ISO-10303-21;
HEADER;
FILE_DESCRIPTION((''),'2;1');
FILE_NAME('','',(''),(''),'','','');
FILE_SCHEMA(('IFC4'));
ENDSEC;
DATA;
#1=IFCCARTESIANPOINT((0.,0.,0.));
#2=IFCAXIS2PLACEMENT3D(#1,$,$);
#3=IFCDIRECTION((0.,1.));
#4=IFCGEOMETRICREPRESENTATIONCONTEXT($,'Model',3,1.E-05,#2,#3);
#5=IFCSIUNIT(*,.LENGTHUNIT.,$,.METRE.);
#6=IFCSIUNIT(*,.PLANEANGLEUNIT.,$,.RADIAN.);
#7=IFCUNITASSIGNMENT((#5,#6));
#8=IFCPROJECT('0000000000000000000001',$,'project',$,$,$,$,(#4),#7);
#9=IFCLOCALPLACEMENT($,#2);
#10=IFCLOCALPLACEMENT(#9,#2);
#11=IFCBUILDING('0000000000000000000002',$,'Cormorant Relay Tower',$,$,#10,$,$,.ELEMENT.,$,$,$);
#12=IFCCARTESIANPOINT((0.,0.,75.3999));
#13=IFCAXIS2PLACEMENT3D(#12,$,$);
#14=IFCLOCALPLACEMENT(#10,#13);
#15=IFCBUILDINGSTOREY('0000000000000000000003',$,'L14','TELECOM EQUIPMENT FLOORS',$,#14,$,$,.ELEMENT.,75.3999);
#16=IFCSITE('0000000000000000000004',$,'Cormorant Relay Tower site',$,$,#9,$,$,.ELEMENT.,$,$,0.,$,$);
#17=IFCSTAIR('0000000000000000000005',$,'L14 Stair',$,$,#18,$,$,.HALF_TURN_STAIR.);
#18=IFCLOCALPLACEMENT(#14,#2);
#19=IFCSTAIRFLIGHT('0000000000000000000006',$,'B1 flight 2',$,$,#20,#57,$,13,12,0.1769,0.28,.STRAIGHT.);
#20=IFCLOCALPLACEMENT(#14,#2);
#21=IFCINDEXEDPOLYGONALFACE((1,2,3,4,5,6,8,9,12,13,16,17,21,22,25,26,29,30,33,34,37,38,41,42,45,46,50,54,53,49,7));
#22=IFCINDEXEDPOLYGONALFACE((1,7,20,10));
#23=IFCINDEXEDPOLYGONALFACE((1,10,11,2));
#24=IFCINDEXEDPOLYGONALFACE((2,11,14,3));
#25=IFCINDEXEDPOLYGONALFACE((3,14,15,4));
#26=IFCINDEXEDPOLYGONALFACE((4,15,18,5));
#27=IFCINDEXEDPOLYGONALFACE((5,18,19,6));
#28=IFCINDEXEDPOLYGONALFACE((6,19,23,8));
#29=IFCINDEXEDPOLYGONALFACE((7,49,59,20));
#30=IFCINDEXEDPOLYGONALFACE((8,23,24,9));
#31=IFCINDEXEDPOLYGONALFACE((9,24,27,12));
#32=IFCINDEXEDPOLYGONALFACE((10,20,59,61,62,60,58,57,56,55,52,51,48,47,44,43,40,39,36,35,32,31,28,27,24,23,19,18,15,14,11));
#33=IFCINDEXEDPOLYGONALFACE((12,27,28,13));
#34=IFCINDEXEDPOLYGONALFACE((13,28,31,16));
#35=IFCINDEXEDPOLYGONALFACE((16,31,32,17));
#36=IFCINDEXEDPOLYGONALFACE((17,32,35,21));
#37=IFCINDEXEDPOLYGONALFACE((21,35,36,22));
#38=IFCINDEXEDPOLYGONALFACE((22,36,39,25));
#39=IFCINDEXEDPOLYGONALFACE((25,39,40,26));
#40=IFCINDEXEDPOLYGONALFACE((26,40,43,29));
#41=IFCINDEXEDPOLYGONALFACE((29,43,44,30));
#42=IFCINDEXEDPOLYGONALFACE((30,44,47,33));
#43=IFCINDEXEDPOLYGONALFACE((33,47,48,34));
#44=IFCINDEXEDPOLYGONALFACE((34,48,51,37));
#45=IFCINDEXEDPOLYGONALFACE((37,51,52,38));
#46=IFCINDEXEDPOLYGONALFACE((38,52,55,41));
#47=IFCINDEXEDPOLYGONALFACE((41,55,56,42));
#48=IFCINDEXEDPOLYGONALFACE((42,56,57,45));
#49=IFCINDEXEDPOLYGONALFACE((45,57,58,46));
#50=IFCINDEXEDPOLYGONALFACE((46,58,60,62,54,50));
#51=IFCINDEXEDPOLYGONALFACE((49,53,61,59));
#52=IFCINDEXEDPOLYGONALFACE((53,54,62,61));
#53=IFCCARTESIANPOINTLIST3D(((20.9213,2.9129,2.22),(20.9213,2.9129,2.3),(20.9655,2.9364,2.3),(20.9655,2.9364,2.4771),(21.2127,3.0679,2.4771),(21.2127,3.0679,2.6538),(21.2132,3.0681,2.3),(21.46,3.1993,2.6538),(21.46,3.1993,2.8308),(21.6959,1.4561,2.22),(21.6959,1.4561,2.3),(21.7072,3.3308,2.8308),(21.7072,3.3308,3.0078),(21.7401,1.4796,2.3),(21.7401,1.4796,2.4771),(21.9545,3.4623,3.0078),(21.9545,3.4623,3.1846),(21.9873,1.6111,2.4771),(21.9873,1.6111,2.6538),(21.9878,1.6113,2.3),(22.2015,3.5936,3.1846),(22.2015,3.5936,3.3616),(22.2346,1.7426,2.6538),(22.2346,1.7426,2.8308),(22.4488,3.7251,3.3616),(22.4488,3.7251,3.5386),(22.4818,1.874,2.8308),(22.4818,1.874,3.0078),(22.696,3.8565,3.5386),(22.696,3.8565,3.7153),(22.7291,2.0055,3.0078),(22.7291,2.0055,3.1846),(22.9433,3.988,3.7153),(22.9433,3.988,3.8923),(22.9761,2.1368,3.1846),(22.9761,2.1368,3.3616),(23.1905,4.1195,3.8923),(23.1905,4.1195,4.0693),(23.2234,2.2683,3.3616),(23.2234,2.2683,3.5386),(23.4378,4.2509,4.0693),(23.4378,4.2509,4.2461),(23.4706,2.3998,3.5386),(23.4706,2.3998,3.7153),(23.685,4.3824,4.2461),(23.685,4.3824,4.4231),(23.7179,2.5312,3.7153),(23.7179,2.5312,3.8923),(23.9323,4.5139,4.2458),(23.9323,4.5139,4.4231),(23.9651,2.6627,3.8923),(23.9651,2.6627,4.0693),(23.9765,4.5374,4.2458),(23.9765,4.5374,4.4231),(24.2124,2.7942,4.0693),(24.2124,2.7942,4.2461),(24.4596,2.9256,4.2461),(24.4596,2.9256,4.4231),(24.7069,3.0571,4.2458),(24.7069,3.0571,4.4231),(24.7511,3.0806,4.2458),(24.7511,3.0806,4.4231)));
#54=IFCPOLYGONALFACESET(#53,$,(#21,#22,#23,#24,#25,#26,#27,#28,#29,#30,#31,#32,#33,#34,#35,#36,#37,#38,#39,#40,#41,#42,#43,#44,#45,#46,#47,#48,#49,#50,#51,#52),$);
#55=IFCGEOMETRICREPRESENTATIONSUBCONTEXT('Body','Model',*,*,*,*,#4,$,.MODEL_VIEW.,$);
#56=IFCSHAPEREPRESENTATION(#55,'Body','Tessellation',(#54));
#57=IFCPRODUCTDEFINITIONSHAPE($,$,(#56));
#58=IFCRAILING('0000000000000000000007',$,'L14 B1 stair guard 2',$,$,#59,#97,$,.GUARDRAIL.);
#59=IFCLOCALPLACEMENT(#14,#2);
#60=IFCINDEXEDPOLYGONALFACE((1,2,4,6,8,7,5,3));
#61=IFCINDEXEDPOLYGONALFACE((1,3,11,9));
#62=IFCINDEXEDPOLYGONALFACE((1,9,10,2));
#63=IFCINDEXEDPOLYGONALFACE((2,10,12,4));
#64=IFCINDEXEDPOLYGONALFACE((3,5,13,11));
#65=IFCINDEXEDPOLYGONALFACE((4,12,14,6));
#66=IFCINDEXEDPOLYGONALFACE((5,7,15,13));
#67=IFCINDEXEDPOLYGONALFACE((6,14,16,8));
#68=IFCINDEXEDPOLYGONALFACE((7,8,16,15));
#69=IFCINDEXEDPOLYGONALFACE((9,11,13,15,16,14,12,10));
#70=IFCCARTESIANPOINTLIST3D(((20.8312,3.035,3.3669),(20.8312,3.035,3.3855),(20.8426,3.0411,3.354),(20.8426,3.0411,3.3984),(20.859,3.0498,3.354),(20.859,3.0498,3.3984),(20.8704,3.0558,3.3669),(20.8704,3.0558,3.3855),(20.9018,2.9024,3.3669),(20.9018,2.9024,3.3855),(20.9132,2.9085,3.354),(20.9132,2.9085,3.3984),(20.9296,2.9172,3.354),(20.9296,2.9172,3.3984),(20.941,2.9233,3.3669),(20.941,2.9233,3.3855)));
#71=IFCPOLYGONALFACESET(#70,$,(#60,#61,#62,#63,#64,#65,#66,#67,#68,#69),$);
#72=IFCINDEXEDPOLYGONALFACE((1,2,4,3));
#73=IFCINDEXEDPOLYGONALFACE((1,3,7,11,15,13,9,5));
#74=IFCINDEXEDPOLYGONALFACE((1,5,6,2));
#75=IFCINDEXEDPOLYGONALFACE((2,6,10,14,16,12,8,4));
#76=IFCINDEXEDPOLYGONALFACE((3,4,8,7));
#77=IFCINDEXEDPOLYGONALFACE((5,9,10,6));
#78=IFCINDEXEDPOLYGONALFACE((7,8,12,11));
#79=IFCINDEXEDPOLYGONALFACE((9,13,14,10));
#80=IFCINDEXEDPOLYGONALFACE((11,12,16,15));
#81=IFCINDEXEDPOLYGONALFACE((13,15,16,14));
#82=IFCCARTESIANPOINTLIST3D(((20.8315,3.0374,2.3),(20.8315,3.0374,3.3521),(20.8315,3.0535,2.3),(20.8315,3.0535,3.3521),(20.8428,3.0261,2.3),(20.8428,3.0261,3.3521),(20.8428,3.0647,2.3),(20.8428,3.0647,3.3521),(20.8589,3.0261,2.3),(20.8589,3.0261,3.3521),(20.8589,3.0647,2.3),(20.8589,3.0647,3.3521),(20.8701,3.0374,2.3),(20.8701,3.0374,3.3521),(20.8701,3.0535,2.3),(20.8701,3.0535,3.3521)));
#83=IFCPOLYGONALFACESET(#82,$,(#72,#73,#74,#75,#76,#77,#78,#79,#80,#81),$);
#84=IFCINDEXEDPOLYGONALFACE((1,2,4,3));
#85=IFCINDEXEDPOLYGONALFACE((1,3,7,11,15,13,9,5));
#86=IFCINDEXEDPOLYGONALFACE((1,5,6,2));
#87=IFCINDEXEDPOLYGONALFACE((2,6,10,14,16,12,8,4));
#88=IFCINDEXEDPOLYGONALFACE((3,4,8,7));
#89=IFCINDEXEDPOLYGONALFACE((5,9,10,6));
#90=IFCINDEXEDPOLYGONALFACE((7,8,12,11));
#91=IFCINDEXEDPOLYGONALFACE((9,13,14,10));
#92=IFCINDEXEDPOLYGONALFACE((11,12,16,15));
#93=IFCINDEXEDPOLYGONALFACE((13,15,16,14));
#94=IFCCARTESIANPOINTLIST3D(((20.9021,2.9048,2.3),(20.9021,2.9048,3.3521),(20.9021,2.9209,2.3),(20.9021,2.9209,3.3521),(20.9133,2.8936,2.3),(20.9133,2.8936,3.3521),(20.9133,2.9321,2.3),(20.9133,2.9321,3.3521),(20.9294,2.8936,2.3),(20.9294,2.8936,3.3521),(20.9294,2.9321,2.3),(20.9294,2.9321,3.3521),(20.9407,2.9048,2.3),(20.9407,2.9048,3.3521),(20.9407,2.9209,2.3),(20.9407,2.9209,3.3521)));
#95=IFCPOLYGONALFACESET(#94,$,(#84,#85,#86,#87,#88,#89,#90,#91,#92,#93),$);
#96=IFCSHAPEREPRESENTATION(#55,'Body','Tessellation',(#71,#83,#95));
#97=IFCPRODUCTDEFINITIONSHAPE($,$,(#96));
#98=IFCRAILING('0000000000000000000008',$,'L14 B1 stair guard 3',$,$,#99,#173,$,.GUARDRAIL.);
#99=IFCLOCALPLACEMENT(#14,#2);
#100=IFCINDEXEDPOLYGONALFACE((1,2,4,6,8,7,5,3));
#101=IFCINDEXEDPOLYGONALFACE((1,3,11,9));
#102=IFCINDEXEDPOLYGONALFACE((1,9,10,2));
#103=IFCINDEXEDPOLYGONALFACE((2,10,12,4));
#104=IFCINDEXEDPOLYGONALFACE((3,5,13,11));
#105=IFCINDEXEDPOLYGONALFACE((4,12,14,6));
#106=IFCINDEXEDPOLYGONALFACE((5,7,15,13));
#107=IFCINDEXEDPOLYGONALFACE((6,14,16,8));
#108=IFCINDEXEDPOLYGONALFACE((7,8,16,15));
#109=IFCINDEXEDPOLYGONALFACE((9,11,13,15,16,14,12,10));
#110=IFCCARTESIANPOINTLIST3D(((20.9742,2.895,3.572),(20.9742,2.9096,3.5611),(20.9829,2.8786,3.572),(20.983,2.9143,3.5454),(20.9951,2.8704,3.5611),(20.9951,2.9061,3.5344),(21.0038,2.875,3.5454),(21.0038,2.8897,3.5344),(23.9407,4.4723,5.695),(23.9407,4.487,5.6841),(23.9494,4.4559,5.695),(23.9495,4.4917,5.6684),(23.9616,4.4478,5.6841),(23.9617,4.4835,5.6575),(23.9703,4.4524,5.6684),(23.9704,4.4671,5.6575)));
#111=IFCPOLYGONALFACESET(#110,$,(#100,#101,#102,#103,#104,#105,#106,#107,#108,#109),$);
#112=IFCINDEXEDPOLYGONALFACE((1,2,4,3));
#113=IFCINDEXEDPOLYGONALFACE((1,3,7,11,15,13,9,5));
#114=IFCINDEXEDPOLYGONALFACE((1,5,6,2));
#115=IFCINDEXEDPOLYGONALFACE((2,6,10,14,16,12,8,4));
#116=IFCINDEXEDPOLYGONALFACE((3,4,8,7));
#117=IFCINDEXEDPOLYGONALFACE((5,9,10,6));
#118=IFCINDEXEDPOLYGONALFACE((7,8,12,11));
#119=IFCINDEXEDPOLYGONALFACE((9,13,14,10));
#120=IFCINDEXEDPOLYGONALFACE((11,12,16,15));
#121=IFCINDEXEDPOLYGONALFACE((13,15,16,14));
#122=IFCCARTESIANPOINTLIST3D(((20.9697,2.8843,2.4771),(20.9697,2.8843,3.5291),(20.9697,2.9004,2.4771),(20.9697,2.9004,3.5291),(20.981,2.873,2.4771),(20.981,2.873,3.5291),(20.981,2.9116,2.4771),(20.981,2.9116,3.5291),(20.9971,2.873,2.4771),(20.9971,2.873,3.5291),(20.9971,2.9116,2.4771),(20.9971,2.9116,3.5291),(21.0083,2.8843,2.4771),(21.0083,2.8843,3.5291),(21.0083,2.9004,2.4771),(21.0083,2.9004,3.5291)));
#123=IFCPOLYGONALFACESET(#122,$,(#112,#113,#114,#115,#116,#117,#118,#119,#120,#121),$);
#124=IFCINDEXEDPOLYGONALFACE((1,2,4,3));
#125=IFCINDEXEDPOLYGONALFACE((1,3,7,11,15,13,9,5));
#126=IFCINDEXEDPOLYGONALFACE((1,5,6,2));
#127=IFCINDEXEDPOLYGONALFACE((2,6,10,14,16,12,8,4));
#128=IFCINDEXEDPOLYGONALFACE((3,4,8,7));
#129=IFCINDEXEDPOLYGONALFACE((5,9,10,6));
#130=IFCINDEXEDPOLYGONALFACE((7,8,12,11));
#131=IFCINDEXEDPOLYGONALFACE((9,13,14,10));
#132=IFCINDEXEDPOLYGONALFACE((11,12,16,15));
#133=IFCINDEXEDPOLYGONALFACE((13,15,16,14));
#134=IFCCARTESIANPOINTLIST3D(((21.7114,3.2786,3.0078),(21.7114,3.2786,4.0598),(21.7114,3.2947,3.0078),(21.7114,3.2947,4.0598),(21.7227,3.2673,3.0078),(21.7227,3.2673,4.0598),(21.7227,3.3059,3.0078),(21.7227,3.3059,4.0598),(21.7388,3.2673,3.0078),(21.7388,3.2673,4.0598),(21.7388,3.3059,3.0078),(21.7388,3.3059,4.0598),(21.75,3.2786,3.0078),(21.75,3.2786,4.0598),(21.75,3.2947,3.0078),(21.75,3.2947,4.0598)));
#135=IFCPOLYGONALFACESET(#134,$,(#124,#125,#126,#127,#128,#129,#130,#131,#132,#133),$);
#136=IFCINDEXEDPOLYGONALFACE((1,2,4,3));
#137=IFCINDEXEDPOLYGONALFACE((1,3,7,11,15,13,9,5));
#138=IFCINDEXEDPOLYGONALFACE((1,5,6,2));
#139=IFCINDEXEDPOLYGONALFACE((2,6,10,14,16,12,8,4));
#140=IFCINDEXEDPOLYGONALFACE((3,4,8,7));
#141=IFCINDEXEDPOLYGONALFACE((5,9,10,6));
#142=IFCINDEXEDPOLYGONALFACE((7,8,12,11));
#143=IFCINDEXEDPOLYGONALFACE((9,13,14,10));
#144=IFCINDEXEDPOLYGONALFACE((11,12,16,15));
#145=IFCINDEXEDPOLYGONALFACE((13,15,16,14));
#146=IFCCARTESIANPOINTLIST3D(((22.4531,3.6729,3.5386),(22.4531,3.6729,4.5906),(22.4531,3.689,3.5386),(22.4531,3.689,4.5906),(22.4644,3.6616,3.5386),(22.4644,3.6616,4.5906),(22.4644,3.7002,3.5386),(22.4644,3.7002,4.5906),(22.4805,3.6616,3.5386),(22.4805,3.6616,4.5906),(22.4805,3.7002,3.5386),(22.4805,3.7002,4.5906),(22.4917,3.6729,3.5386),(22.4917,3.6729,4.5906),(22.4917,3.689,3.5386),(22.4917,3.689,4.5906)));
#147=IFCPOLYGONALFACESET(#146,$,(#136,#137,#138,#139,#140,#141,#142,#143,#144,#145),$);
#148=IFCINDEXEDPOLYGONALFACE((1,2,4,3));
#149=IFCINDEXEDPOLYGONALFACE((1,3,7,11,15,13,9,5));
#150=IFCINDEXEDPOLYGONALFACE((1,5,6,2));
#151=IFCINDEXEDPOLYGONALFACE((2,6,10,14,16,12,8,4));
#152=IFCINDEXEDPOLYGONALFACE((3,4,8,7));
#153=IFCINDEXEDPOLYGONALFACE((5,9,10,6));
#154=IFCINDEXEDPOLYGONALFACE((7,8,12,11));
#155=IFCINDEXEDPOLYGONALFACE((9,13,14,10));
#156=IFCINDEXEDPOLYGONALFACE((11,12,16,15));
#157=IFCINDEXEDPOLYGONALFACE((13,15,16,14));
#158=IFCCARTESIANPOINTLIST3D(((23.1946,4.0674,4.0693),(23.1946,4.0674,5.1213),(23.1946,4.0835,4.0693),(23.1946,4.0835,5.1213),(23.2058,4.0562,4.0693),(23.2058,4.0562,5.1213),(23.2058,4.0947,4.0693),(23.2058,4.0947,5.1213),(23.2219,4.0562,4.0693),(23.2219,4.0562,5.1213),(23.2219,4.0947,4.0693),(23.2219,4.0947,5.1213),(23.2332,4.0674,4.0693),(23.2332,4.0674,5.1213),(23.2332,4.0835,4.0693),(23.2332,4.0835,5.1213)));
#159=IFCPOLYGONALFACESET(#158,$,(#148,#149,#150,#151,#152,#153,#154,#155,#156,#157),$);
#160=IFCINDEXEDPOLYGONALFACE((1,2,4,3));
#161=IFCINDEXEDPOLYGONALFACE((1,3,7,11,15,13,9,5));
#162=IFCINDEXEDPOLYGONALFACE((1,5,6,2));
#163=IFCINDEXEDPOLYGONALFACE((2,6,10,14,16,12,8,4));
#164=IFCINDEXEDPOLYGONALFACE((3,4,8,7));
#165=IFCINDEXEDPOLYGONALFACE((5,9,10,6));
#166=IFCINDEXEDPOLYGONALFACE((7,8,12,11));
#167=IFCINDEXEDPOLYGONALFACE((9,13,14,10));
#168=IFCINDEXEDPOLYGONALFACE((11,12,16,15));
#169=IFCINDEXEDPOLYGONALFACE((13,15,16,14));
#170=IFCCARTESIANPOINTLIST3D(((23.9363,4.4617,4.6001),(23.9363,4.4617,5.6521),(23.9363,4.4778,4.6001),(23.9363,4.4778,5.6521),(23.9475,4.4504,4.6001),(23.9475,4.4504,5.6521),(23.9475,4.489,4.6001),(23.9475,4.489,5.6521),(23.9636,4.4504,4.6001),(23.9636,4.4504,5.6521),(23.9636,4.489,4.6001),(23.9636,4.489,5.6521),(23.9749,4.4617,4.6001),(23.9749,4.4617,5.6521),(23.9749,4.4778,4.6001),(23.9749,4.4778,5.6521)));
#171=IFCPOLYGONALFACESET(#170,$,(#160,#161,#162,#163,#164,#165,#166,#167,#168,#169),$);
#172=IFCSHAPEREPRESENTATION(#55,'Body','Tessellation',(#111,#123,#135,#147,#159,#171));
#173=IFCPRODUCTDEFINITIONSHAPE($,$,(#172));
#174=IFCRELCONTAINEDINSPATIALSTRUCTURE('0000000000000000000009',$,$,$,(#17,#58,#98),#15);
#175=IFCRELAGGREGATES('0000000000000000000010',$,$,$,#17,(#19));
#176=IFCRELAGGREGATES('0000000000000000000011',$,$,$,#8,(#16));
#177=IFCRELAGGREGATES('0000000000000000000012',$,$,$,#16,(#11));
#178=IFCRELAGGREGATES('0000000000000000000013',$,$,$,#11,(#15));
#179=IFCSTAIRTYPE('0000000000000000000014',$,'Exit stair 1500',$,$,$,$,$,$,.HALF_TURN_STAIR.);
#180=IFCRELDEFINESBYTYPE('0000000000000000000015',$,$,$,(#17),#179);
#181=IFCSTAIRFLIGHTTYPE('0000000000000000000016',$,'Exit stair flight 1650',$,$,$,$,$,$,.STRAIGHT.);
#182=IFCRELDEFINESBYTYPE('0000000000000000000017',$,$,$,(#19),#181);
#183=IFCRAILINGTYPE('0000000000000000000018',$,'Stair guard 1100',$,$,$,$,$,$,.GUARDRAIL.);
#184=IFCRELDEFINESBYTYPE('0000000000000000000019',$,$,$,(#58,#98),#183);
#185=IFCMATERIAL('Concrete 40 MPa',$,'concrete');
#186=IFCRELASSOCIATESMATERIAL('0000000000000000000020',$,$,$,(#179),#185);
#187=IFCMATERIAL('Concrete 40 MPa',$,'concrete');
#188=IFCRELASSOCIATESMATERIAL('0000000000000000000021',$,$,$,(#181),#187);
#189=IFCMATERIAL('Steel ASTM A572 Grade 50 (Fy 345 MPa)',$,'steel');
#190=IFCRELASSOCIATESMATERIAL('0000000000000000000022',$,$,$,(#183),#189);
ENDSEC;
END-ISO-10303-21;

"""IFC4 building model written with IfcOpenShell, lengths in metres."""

from ifc_helpers import new_model, si_unit, direction, frame, origin, place, context, subcontext, project, spatial, polyline, outline, extrude, material, type_object, element, aggregate, save


model = new_model("IFC4")

# Units and contexts
model_context = context("Model", 3, precision=1e-05, world=origin(), true_north=direction((0.0, 1.0)))
body_context = subcontext(model_context, "Body", "Model", "MODEL_VIEW")
ifc_project = project(units=[si_unit("LENGTHUNIT", "METRE"), si_unit("PLANEANGLEUNIT", "RADIAN")], contexts=[model_context])

# Site, building, storey
site_placement = place(None, origin())
site = spatial("IfcSite", under=ifc_project, at=site_placement, Name="Cormorant Relay Tower site", CompositionType="ELEMENT", RefElevation=0.0)
building_placement = place(site_placement, origin())
building = spatial("IfcBuilding", under=site, at=building_placement, Name="Cormorant Relay Tower", CompositionType="ELEMENT")
storey_placement = place(building_placement, frame((0.0, 0.0, 75.3999)))
storey = spatial("IfcBuildingStorey", under=building, at=storey_placement, Name="L14", Description="TELECOM EQUIPMENT FLOORS", CompositionType="ELEMENT", Elevation=75.3999)

# Shared definitions
ifc_material_1 = material(Name="Concrete 40 MPa", Category="concrete")
stair_type = type_object("IfcStairType", Name="Exit stair 1500", PredefinedType="HALF_TURN_STAIR", material=ifc_material_1)

# Stair, stair flight
stair_1_placement = place(storey_placement, origin())
stair_1 = element("IfcStair", 1, at=stair_1_placement, inside=storey, type_object=stair_type, Name="L14 Stair", PredefinedType="HALF_TURN_STAIR")
ifc_material_2 = material(Name="Concrete 40 MPa", Category="concrete")
stair_flight_type = type_object("IfcStairFlightType", Name="Exit stair flight 1650", PredefinedType="STRAIGHT", material=ifc_material_2)
stair_flight_placement = place(storey_placement, frame((21.3528, 2.208, 2.3), z_axis=(0.0, 0.0, 1.0), x_axis=(0.882948, 0.469472, 0.0)))
stair_flight = element("IfcStairFlight", 2, at=stair_flight_placement, type_object=stair_flight_type, Name="B1 flight 2", NumberOfRisers=13, NumberOfTreads=12, PredefinedType="STRAIGHT", RiserHeight=0.1769, TreadLength=0.28, context=body_context, shape_type="SweptSolid", body=[
    extrude(outline(polyline([(-0.05, -0.0801), (-0.05, 0.0), (0.0, 0.0), (0.0, 0.177), (0.28, 0.177), (0.28, 0.3538), (0.5601, 0.3538), (0.5601, 0.5308), (0.8401, 0.5308), (0.8401, 0.7078), (1.1201, 0.7078), (1.1201, 0.8845), (1.3999, 0.8845), (1.3999, 1.0615), (1.6799, 1.0615), (1.6799, 1.2385), (1.96, 1.2385), (1.96, 1.4153), (2.24, 1.4153), (2.24, 1.5923), (2.52, 1.5923), (2.52, 1.7693), (2.8, 1.7693), (2.8, 1.946), (3.0801, 1.946), (3.0801, 2.123), (3.3601, 2.123), (3.4102, 2.123), (3.4102, 1.9458), (3.3601, 1.9458), (0.2805, 0.0), (-0.05, -0.0801)])), frame((0.0, 0.825, 0.0), z_axis=(0.0, -1.0, 0.0), x_axis=(1.0, 0.0, 0.0)), (0.0, 0.0, 1.0), 1.6499),
])
aggregate(stair_1, [stair_flight])

# Railings
ifc_material_3 = material(Name="Steel ASTM A572 Grade 50 (Fy 345 MPa)", Category="steel")
railing_type_1 = type_object("IfcRailingType", Name="Stair guard 1100", PredefinedType="GUARDRAIL", material=ifc_material_3)
railing_1_placement = place(storey_placement, frame((20.8508, 3.0454, 2.3)))
element("IfcRailing", 3, at=railing_1_placement, inside=storey, type_object=railing_type_1, Name="L14 B1 stair guard 2", PredefinedType="GUARDRAIL", context=body_context, shape_type="SweptSolid", body=[
    extrude(outline(polyline([(0.0222, 0.0093), (0.0093, 0.0222), (-0.0093, 0.0222), (-0.0222, 0.0093), (-0.0222, -0.0093), (-0.0093, -0.0222), (0.0093, -0.0222), (0.0222, -0.0093), (0.0222, 0.0093)])), frame((0.0, 0.0, 1.0762), z_axis=(0.469829, -0.882758, 0.0), x_axis=(0.882758, 0.469829, 0.0)), (0.0, 0.0, 1.0), 0.1501),
    extrude(outline(polyline([(0.0193, 0.0081), (0.0081, 0.0193), (-0.0081, 0.0193), (-0.0193, 0.0081), (-0.0193, -0.0081), (-0.0081, -0.0193), (0.0081, -0.0193), (0.0193, -0.0081), (0.0193, 0.0081)])), origin(), (0.0, 0.0, 1.0), 1.052),
    extrude(outline(polyline([(0.0193, 0.0081), (0.0081, 0.0193), (-0.0081, 0.0193), (-0.0193, 0.0081), (-0.0193, -0.0081), (-0.0081, -0.0193), (0.0081, -0.0193), (0.0193, -0.0081), (0.0193, 0.0081)])), frame((0.0706, -0.1326, 0.0)), (0.0, 0.0, 1.0), 1.052),
])
railing_2_placement = place(storey_placement, frame((20.989, 2.8923, 2.4771)))
element("IfcRailing", 4, at=railing_2_placement, inside=storey, type_object=railing_type_1, Name="L14 B1 stair guard 3", PredefinedType="GUARDRAIL", context=body_context, shape_type="SweptSolid", body=[
    extrude(outline(polyline([(0.0222, 0.0093), (0.0093, 0.0222), (-0.0093, 0.0222), (-0.0222, 0.0093), (-0.0222, -0.0093), (-0.0093, -0.0222), (0.0093, -0.0222), (0.0222, -0.0093), (0.0222, 0.0093)])), frame((0.0, 0.0, 1.0762), z_axis=(0.746413, 0.396887, 0.534179), x_axis=(-0.469483, 0.882942, 0.0)), (0.0, 0.0, 1.0), 3.9744),
    extrude(outline(polyline([(0.0193, 0.0081), (0.0081, 0.0193), (-0.0081, 0.0193), (-0.0193, 0.0081), (-0.0193, -0.0081), (-0.0081, -0.0193), (0.0081, -0.0193), (0.0193, -0.0081), (0.0193, 0.0081)])), origin(), (0.0, 0.0, 1.0), 1.052),
    extrude(outline(polyline([(0.0193, 0.0081), (0.0081, 0.0193), (-0.0081, 0.0193), (-0.0193, 0.0081), (-0.0193, -0.0081), (-0.0081, -0.0193), (0.0081, -0.0193), (0.0193, -0.0081), (0.0193, 0.0081)])), frame((0.7417, 0.3943, 0.5308)), (0.0, 0.0, 1.0), 1.052),
    extrude(outline(polyline([(0.0193, 0.0081), (0.0081, 0.0193), (-0.0081, 0.0193), (-0.0193, 0.0081), (-0.0193, -0.0081), (-0.0081, -0.0193), (0.0081, -0.0193), (0.0193, -0.0081), (0.0193, 0.0081)])), frame((1.4834, 0.7886, 1.0615)), (0.0, 0.0, 1.0), 1.052),
    extrude(outline(polyline([(0.0193, 0.0081), (0.0081, 0.0193), (-0.0081, 0.0193), (-0.0193, 0.0081), (-0.0193, -0.0081), (-0.0081, -0.0193), (0.0081, -0.0193), (0.0193, -0.0081), (0.0193, 0.0081)])), frame((2.2249, 1.1831, 1.5923)), (0.0, 0.0, 1.0), 1.052),
    extrude(outline(polyline([(0.0193, 0.0081), (0.0081, 0.0193), (-0.0081, 0.0193), (-0.0193, 0.0081), (-0.0193, -0.0081), (-0.0081, -0.0193), (0.0081, -0.0193), (0.0193, -0.0081), (0.0193, 0.0081)])), frame((2.9666, 1.5774, 2.123)), (0.0, 0.0, 1.0), 1.052),
])

save(model, "model.ifc")
